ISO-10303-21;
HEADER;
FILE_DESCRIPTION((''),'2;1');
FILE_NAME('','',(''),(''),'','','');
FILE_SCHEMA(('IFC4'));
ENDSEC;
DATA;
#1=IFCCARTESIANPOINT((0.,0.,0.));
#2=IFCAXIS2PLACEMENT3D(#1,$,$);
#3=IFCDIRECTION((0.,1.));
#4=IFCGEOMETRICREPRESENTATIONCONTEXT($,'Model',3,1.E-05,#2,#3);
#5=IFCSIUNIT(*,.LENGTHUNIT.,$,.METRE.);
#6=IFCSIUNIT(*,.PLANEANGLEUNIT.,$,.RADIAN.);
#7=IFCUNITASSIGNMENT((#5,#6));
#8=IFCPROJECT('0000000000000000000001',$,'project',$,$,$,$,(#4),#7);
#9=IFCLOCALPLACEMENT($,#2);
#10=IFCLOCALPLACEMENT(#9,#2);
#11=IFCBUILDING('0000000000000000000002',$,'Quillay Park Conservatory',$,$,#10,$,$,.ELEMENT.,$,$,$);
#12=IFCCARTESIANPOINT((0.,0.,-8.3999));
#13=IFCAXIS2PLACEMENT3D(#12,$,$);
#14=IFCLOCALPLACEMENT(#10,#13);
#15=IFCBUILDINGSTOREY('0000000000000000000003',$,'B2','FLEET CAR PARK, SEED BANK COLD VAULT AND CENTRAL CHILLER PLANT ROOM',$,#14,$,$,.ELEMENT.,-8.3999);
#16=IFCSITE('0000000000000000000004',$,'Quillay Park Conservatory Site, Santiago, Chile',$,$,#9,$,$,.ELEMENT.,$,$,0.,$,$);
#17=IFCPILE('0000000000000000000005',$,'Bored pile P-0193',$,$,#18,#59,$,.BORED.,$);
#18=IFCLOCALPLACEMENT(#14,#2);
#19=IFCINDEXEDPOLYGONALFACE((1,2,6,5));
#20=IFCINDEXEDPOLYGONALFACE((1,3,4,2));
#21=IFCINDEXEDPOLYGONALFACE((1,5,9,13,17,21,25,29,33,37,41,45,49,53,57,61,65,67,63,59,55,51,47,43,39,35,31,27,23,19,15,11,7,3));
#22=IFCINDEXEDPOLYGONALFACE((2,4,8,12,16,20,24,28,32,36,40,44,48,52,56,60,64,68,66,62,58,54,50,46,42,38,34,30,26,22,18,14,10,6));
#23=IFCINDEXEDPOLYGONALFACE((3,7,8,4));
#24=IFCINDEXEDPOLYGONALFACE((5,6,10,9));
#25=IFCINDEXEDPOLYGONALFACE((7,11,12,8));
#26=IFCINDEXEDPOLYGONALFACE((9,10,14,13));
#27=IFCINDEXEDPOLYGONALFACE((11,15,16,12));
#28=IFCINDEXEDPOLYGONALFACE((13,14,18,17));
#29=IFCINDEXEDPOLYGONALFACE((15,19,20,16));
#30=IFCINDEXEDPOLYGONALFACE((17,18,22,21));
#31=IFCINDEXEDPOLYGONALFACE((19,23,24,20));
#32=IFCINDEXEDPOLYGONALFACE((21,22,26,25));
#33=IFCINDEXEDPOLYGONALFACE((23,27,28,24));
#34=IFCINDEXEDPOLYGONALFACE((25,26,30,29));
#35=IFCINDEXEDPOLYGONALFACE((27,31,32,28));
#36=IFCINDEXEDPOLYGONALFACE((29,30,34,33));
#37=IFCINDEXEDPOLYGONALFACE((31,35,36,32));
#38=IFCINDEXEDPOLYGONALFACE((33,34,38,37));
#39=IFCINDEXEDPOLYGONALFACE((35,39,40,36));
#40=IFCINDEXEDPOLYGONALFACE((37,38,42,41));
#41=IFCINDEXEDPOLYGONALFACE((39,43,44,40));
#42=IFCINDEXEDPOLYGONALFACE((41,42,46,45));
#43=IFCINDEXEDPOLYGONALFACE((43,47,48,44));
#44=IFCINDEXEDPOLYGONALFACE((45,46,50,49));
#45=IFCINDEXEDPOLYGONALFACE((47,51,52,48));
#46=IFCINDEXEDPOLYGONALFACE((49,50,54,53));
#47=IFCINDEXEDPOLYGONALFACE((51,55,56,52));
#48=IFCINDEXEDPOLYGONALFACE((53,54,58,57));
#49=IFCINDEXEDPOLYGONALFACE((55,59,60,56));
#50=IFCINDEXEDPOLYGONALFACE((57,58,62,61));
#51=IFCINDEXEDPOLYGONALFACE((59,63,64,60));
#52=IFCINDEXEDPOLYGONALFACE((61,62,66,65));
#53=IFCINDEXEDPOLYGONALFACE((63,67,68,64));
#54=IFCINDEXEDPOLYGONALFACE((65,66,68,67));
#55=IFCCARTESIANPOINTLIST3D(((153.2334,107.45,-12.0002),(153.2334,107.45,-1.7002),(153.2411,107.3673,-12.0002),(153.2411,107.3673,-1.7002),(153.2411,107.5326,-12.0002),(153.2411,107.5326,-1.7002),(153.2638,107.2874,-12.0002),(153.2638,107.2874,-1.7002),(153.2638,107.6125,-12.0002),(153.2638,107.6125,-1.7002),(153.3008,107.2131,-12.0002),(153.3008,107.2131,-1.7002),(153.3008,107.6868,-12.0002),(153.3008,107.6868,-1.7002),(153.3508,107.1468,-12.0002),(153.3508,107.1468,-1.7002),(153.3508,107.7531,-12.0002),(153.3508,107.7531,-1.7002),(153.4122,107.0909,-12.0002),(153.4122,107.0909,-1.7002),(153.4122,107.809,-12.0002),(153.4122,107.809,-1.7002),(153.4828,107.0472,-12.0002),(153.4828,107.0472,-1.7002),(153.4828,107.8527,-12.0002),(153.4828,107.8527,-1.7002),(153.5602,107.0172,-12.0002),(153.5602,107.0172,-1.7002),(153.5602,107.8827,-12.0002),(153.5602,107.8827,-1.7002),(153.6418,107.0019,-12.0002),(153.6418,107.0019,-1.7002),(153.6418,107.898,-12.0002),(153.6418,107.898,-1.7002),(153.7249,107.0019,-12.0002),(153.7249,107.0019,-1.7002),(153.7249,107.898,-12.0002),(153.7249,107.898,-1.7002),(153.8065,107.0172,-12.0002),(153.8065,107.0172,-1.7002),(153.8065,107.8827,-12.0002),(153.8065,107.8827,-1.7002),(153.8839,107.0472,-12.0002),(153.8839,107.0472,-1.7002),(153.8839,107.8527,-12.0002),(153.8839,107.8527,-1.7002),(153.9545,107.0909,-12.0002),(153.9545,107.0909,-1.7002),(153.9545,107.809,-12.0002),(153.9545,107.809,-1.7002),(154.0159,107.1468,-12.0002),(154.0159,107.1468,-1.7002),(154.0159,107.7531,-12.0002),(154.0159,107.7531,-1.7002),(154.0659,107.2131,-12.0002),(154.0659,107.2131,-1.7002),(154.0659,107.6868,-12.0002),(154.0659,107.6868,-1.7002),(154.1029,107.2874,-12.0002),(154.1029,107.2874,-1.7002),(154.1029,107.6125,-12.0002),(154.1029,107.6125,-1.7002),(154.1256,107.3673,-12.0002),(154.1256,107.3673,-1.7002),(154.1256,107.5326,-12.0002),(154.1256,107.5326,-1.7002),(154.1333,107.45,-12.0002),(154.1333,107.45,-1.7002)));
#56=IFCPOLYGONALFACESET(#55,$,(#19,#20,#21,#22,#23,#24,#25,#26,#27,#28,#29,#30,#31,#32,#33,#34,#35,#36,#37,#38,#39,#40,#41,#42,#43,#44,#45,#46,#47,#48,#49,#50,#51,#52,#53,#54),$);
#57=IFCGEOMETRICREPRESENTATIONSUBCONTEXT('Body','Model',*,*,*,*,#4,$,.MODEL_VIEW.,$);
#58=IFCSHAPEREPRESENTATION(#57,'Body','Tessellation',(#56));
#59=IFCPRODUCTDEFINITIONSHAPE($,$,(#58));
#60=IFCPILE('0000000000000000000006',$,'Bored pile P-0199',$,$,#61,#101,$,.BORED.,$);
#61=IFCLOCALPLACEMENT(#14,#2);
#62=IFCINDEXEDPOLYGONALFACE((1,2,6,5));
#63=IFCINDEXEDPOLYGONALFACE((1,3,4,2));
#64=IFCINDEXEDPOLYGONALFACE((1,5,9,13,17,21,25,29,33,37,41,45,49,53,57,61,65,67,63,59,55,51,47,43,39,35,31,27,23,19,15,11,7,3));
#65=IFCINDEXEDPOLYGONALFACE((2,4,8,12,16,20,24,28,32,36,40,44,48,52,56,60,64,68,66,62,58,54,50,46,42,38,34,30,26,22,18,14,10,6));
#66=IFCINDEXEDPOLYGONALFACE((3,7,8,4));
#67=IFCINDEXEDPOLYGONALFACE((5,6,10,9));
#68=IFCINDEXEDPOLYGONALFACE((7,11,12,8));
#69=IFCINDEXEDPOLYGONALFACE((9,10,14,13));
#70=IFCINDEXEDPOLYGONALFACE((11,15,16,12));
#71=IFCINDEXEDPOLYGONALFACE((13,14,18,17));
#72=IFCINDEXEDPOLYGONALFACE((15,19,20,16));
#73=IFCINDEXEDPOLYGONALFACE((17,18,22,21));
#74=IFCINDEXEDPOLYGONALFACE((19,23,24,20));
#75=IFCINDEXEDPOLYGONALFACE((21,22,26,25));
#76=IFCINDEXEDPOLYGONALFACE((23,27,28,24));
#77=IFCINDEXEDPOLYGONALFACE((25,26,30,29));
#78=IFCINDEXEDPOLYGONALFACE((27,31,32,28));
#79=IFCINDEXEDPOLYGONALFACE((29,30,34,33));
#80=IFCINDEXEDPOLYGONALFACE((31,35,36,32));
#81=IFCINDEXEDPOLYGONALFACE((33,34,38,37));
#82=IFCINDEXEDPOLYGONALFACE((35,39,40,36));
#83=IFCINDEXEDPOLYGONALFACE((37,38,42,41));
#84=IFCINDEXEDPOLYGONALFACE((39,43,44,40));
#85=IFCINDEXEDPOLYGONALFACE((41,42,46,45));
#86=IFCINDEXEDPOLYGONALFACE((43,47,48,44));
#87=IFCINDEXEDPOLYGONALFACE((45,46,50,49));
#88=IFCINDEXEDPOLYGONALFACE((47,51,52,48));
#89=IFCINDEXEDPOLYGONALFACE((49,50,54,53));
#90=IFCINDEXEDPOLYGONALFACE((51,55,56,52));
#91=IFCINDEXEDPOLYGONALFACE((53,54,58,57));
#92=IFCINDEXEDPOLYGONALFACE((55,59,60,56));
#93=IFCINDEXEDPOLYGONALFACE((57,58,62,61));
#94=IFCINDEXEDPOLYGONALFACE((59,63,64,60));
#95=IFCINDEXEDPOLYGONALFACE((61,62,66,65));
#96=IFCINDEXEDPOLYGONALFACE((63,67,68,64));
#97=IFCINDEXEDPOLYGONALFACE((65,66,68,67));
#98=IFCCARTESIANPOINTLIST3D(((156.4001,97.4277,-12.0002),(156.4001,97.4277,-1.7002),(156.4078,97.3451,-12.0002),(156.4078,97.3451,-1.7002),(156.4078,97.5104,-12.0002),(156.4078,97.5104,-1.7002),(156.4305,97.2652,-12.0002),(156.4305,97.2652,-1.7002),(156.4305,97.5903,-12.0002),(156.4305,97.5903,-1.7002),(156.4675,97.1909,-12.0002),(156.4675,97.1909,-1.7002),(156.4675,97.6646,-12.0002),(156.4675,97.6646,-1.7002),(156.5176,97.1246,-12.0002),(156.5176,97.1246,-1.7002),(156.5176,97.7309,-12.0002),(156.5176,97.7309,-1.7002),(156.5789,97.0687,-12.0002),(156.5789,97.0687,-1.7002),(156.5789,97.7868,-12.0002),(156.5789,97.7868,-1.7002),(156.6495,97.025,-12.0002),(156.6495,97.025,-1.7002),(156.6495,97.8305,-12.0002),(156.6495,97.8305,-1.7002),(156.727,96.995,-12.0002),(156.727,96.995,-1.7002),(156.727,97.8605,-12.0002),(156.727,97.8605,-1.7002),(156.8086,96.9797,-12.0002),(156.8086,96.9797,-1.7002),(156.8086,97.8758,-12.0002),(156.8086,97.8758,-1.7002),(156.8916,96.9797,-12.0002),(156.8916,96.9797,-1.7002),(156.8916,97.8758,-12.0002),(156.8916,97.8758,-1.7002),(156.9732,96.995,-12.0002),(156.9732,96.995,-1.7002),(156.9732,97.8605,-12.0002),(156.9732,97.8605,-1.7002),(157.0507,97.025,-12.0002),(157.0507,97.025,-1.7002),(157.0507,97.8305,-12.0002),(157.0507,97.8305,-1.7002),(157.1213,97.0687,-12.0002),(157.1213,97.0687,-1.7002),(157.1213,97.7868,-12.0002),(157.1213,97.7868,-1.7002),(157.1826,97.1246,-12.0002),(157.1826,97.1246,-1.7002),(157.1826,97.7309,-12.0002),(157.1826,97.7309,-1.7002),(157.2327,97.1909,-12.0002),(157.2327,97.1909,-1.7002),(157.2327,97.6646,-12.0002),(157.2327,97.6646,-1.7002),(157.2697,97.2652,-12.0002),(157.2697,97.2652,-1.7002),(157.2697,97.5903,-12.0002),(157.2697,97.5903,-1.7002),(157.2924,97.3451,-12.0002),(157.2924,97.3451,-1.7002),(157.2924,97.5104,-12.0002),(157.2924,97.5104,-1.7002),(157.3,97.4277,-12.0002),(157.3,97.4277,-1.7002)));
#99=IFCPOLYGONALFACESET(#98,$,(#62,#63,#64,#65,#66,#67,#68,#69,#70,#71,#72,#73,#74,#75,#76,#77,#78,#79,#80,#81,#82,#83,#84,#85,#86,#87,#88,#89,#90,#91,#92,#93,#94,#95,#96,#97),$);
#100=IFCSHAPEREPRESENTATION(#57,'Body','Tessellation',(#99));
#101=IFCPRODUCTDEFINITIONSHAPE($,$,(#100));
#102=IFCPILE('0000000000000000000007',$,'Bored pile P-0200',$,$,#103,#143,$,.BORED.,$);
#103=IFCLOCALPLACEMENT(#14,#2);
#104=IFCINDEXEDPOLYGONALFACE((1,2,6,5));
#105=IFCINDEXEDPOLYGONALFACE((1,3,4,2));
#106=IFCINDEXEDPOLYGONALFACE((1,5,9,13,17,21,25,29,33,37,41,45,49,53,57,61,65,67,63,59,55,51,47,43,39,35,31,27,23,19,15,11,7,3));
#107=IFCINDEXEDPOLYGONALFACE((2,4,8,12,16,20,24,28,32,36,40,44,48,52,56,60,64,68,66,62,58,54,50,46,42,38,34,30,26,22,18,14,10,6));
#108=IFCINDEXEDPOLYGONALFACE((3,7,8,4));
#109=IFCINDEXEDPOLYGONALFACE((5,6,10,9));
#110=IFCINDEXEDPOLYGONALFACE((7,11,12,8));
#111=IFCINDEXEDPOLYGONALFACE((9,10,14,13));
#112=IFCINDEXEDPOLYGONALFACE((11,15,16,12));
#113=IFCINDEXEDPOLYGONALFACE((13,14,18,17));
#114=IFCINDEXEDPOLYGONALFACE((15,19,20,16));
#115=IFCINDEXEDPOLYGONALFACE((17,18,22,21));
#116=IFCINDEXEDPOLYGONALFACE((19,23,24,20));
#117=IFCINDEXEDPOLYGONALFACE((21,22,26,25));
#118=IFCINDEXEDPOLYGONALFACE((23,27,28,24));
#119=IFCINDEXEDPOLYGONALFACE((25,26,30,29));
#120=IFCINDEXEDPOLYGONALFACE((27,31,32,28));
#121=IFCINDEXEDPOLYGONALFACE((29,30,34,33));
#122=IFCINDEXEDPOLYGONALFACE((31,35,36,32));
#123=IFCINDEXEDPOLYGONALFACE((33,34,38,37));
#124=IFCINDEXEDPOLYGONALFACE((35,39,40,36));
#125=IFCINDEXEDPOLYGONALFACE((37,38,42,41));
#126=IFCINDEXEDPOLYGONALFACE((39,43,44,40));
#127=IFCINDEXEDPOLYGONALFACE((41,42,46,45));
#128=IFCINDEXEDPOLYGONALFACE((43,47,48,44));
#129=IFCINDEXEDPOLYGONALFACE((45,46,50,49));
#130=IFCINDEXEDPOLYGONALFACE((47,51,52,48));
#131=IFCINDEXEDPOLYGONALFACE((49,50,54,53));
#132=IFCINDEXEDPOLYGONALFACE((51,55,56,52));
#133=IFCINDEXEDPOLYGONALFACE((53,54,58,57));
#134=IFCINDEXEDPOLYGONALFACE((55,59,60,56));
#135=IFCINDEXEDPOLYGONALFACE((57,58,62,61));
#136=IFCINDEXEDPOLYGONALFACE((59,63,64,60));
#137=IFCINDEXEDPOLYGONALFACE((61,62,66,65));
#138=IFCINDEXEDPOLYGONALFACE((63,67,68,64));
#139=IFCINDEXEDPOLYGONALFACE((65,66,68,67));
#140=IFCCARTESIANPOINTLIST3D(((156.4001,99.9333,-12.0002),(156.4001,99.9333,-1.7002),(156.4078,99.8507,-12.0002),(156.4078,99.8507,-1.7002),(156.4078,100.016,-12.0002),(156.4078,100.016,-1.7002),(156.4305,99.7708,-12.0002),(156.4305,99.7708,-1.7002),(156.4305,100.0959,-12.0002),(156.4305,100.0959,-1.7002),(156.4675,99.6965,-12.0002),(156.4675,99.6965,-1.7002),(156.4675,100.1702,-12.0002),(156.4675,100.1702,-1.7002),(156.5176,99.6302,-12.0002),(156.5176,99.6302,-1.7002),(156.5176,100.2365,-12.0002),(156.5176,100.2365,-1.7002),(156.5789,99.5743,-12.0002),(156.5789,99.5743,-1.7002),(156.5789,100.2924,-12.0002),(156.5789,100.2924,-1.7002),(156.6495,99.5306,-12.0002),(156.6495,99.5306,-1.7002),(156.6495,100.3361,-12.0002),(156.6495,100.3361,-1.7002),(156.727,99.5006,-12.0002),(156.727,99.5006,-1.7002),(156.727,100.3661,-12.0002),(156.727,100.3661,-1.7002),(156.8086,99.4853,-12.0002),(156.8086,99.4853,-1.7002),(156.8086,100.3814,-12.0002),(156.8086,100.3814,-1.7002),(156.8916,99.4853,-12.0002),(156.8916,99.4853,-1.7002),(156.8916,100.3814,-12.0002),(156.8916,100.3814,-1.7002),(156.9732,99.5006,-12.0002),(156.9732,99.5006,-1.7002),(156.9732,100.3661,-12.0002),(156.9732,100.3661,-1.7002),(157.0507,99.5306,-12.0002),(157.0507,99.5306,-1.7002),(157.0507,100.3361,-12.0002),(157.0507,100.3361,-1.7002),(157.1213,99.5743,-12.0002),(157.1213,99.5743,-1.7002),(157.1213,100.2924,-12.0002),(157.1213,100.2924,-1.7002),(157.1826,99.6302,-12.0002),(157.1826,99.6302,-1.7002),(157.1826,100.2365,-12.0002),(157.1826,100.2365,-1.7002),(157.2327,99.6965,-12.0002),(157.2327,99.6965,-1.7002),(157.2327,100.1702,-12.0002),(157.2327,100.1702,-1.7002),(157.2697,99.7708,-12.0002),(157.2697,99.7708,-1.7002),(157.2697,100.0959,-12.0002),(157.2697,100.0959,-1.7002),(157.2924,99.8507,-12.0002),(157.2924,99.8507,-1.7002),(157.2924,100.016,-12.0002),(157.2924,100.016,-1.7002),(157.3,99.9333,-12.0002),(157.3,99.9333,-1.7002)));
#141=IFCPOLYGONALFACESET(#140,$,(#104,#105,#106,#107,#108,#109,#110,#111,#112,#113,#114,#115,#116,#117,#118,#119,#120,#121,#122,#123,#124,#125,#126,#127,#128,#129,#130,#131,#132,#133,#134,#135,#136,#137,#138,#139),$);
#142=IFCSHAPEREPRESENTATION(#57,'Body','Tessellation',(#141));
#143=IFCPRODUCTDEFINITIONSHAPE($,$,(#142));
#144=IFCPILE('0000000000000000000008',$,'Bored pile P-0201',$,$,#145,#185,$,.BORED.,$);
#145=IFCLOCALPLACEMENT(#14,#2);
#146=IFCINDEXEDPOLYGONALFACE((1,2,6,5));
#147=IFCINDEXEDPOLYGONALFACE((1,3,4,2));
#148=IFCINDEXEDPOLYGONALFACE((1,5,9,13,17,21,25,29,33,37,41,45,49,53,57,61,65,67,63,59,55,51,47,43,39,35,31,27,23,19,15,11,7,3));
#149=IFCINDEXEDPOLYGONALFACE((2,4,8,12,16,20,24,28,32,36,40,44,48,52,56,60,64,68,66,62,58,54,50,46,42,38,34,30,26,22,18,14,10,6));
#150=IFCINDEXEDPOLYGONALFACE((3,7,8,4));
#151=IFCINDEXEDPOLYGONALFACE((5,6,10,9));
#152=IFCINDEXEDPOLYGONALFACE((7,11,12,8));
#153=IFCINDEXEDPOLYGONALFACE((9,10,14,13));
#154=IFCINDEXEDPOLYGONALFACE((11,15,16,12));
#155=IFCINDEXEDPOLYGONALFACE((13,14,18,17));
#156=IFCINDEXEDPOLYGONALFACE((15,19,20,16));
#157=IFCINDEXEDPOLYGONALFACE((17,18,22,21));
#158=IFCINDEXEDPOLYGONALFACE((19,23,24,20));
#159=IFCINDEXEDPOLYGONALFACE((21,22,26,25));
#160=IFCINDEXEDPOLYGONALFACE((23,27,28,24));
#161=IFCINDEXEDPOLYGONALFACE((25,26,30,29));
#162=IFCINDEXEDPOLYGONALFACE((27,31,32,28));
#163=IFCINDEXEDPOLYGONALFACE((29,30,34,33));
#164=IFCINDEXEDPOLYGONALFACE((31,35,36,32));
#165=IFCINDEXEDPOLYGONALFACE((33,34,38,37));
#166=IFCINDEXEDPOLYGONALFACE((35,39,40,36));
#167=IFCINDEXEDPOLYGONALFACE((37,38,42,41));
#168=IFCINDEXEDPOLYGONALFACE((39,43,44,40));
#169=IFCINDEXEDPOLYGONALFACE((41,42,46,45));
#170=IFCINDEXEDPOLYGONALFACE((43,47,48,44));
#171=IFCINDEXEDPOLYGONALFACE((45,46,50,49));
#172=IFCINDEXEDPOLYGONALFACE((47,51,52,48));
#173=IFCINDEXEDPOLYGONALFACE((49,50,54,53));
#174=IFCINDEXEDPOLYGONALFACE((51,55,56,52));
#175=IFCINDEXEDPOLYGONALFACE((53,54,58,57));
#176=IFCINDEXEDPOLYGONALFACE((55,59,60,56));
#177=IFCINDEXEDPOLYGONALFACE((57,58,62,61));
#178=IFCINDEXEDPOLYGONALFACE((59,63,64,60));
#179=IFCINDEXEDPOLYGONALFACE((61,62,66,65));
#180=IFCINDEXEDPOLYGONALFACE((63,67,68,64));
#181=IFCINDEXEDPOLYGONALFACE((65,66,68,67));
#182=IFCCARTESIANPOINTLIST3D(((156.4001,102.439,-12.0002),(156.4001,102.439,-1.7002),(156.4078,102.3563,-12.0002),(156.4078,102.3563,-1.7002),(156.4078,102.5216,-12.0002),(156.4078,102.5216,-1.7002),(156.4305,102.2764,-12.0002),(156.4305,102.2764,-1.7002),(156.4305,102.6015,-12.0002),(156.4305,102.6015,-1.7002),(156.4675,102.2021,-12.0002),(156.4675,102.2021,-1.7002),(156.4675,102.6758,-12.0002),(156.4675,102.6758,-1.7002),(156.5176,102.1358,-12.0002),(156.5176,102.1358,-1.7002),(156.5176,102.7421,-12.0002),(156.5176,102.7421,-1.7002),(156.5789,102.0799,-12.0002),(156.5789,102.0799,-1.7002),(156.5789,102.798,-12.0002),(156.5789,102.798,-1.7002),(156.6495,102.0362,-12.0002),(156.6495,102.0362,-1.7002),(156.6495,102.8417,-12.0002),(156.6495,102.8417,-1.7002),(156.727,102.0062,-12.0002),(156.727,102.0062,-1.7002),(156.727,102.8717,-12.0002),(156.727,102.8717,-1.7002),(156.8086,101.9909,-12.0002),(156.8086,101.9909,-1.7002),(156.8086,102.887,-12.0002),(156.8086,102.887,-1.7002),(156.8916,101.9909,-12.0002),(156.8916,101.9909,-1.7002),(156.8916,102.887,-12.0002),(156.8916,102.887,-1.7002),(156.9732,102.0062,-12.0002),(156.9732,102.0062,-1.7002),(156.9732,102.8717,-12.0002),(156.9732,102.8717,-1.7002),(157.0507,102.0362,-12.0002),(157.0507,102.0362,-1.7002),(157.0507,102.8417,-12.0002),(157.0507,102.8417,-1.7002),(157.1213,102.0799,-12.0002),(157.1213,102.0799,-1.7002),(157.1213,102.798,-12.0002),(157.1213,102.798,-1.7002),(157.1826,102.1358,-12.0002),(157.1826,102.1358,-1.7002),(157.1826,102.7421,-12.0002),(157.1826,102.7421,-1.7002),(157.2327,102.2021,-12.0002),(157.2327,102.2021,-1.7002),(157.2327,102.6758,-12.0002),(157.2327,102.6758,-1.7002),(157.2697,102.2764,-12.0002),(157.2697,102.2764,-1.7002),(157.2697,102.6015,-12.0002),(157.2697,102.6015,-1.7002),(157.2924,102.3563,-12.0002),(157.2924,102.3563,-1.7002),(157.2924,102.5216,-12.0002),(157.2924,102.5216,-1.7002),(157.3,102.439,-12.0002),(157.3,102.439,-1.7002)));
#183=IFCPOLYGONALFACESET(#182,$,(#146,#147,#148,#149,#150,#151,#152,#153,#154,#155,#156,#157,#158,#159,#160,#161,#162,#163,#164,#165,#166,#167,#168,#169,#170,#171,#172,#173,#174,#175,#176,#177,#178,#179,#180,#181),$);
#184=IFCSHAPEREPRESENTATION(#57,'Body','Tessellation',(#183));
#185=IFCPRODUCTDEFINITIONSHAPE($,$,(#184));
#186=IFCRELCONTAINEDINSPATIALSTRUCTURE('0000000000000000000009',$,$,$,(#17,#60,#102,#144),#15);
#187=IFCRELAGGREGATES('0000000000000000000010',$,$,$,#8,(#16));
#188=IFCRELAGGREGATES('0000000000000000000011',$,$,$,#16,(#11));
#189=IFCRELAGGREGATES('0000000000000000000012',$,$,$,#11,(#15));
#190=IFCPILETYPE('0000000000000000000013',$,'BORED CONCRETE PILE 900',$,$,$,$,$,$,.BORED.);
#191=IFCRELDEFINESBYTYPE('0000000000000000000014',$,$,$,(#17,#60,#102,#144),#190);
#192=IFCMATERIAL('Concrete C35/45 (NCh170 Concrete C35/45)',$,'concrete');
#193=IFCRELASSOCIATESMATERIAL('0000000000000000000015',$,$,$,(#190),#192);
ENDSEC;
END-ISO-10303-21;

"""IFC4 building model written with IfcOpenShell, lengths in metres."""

from ifc_helpers import new_model, si_unit, direction, frame, origin, origin_2d, place, context, subcontext, project, spatial, circle, extrude, material, material_profile, profile_set, type_object, element, save


model = new_model("IFC4")

# Units and contexts
model_context = context("Model", 3, precision=1e-05, world=origin(), true_north=direction((0.0, 1.0)))
body_context = subcontext(model_context, "Body", "Model", "MODEL_VIEW")
ifc_project = project(units=[si_unit("LENGTHUNIT", "METRE"), si_unit("PLANEANGLEUNIT", "RADIAN")], contexts=[model_context])

# Site, building, storey
site_placement = place(None, origin())
site = spatial("IfcSite", under=ifc_project, at=site_placement, Name="Quillay Park Conservatory Site, Santiago, Chile", CompositionType="ELEMENT", RefElevation=0.0)
building_placement = place(site_placement, origin())
building = spatial("IfcBuilding", under=site, at=building_placement, Name="Quillay Park Conservatory", CompositionType="ELEMENT")
storey_placement = place(building_placement, frame((0.0, 0.0, -8.3999)))
storey = spatial("IfcBuildingStorey", under=building, at=storey_placement, Name="B2", Description="FLEET CAR PARK, SEED BANK COLD VAULT AND CENTRAL CHILLER PLANT ROOM", CompositionType="ELEMENT", Elevation=-8.3999)

# Piles
ifc_material_1 = material(Name="Concrete C35/45 (NCh170 Concrete C35/45)", Category="concrete")
ifc_material_profile_1 = material_profile(ifc_material_1, circle(Radius=0.45, at=origin_2d()), Name="PILE900")
ifc_profile_set_1 = profile_set([ifc_material_profile_1], Name="Concrete C35/45 (NCh170 Concrete C35/45)")
pile_type = type_object("IfcPileType", Name="BORED CONCRETE PILE 900", PredefinedType="BORED", material=ifc_profile_set_1)
for number, where, z_axis, x_axis, name in (
    (1, (153.6833, 107.45, -1.7002), (0.0, 0.0, -1.0), (1.0, 0.0, 0.0), "Bored pile P-0193"),
    (2, (156.8501, 97.4277, -1.7002), (0.0, 0.0, -1.0), (1.0, 0.0, 0.0), "Bored pile P-0199"),
    (3, (156.8501, 99.9333, -1.7002), (0.0, 0.0, -1.0), (1.0, 0.0, 0.0), "Bored pile P-0200"),
    (4, (156.8501, 102.439, -1.7002), (0.0, 0.0, -1.0), (1.0, 0.0, 0.0), "Bored pile P-0201"),
):
    element("IfcPile", number, at=place(storey_placement, frame(where, z_axis=z_axis, x_axis=x_axis)), inside=storey, type_object=pile_type, Name=name, PredefinedType="BORED", context=body_context, shape_type="SweptSolid", body=[
        extrude(circle(Radius=0.45, at=origin_2d()), origin(), (0.0, 0.0, 1.0), 10.3),
    ])

save(model, "model.ifc")
